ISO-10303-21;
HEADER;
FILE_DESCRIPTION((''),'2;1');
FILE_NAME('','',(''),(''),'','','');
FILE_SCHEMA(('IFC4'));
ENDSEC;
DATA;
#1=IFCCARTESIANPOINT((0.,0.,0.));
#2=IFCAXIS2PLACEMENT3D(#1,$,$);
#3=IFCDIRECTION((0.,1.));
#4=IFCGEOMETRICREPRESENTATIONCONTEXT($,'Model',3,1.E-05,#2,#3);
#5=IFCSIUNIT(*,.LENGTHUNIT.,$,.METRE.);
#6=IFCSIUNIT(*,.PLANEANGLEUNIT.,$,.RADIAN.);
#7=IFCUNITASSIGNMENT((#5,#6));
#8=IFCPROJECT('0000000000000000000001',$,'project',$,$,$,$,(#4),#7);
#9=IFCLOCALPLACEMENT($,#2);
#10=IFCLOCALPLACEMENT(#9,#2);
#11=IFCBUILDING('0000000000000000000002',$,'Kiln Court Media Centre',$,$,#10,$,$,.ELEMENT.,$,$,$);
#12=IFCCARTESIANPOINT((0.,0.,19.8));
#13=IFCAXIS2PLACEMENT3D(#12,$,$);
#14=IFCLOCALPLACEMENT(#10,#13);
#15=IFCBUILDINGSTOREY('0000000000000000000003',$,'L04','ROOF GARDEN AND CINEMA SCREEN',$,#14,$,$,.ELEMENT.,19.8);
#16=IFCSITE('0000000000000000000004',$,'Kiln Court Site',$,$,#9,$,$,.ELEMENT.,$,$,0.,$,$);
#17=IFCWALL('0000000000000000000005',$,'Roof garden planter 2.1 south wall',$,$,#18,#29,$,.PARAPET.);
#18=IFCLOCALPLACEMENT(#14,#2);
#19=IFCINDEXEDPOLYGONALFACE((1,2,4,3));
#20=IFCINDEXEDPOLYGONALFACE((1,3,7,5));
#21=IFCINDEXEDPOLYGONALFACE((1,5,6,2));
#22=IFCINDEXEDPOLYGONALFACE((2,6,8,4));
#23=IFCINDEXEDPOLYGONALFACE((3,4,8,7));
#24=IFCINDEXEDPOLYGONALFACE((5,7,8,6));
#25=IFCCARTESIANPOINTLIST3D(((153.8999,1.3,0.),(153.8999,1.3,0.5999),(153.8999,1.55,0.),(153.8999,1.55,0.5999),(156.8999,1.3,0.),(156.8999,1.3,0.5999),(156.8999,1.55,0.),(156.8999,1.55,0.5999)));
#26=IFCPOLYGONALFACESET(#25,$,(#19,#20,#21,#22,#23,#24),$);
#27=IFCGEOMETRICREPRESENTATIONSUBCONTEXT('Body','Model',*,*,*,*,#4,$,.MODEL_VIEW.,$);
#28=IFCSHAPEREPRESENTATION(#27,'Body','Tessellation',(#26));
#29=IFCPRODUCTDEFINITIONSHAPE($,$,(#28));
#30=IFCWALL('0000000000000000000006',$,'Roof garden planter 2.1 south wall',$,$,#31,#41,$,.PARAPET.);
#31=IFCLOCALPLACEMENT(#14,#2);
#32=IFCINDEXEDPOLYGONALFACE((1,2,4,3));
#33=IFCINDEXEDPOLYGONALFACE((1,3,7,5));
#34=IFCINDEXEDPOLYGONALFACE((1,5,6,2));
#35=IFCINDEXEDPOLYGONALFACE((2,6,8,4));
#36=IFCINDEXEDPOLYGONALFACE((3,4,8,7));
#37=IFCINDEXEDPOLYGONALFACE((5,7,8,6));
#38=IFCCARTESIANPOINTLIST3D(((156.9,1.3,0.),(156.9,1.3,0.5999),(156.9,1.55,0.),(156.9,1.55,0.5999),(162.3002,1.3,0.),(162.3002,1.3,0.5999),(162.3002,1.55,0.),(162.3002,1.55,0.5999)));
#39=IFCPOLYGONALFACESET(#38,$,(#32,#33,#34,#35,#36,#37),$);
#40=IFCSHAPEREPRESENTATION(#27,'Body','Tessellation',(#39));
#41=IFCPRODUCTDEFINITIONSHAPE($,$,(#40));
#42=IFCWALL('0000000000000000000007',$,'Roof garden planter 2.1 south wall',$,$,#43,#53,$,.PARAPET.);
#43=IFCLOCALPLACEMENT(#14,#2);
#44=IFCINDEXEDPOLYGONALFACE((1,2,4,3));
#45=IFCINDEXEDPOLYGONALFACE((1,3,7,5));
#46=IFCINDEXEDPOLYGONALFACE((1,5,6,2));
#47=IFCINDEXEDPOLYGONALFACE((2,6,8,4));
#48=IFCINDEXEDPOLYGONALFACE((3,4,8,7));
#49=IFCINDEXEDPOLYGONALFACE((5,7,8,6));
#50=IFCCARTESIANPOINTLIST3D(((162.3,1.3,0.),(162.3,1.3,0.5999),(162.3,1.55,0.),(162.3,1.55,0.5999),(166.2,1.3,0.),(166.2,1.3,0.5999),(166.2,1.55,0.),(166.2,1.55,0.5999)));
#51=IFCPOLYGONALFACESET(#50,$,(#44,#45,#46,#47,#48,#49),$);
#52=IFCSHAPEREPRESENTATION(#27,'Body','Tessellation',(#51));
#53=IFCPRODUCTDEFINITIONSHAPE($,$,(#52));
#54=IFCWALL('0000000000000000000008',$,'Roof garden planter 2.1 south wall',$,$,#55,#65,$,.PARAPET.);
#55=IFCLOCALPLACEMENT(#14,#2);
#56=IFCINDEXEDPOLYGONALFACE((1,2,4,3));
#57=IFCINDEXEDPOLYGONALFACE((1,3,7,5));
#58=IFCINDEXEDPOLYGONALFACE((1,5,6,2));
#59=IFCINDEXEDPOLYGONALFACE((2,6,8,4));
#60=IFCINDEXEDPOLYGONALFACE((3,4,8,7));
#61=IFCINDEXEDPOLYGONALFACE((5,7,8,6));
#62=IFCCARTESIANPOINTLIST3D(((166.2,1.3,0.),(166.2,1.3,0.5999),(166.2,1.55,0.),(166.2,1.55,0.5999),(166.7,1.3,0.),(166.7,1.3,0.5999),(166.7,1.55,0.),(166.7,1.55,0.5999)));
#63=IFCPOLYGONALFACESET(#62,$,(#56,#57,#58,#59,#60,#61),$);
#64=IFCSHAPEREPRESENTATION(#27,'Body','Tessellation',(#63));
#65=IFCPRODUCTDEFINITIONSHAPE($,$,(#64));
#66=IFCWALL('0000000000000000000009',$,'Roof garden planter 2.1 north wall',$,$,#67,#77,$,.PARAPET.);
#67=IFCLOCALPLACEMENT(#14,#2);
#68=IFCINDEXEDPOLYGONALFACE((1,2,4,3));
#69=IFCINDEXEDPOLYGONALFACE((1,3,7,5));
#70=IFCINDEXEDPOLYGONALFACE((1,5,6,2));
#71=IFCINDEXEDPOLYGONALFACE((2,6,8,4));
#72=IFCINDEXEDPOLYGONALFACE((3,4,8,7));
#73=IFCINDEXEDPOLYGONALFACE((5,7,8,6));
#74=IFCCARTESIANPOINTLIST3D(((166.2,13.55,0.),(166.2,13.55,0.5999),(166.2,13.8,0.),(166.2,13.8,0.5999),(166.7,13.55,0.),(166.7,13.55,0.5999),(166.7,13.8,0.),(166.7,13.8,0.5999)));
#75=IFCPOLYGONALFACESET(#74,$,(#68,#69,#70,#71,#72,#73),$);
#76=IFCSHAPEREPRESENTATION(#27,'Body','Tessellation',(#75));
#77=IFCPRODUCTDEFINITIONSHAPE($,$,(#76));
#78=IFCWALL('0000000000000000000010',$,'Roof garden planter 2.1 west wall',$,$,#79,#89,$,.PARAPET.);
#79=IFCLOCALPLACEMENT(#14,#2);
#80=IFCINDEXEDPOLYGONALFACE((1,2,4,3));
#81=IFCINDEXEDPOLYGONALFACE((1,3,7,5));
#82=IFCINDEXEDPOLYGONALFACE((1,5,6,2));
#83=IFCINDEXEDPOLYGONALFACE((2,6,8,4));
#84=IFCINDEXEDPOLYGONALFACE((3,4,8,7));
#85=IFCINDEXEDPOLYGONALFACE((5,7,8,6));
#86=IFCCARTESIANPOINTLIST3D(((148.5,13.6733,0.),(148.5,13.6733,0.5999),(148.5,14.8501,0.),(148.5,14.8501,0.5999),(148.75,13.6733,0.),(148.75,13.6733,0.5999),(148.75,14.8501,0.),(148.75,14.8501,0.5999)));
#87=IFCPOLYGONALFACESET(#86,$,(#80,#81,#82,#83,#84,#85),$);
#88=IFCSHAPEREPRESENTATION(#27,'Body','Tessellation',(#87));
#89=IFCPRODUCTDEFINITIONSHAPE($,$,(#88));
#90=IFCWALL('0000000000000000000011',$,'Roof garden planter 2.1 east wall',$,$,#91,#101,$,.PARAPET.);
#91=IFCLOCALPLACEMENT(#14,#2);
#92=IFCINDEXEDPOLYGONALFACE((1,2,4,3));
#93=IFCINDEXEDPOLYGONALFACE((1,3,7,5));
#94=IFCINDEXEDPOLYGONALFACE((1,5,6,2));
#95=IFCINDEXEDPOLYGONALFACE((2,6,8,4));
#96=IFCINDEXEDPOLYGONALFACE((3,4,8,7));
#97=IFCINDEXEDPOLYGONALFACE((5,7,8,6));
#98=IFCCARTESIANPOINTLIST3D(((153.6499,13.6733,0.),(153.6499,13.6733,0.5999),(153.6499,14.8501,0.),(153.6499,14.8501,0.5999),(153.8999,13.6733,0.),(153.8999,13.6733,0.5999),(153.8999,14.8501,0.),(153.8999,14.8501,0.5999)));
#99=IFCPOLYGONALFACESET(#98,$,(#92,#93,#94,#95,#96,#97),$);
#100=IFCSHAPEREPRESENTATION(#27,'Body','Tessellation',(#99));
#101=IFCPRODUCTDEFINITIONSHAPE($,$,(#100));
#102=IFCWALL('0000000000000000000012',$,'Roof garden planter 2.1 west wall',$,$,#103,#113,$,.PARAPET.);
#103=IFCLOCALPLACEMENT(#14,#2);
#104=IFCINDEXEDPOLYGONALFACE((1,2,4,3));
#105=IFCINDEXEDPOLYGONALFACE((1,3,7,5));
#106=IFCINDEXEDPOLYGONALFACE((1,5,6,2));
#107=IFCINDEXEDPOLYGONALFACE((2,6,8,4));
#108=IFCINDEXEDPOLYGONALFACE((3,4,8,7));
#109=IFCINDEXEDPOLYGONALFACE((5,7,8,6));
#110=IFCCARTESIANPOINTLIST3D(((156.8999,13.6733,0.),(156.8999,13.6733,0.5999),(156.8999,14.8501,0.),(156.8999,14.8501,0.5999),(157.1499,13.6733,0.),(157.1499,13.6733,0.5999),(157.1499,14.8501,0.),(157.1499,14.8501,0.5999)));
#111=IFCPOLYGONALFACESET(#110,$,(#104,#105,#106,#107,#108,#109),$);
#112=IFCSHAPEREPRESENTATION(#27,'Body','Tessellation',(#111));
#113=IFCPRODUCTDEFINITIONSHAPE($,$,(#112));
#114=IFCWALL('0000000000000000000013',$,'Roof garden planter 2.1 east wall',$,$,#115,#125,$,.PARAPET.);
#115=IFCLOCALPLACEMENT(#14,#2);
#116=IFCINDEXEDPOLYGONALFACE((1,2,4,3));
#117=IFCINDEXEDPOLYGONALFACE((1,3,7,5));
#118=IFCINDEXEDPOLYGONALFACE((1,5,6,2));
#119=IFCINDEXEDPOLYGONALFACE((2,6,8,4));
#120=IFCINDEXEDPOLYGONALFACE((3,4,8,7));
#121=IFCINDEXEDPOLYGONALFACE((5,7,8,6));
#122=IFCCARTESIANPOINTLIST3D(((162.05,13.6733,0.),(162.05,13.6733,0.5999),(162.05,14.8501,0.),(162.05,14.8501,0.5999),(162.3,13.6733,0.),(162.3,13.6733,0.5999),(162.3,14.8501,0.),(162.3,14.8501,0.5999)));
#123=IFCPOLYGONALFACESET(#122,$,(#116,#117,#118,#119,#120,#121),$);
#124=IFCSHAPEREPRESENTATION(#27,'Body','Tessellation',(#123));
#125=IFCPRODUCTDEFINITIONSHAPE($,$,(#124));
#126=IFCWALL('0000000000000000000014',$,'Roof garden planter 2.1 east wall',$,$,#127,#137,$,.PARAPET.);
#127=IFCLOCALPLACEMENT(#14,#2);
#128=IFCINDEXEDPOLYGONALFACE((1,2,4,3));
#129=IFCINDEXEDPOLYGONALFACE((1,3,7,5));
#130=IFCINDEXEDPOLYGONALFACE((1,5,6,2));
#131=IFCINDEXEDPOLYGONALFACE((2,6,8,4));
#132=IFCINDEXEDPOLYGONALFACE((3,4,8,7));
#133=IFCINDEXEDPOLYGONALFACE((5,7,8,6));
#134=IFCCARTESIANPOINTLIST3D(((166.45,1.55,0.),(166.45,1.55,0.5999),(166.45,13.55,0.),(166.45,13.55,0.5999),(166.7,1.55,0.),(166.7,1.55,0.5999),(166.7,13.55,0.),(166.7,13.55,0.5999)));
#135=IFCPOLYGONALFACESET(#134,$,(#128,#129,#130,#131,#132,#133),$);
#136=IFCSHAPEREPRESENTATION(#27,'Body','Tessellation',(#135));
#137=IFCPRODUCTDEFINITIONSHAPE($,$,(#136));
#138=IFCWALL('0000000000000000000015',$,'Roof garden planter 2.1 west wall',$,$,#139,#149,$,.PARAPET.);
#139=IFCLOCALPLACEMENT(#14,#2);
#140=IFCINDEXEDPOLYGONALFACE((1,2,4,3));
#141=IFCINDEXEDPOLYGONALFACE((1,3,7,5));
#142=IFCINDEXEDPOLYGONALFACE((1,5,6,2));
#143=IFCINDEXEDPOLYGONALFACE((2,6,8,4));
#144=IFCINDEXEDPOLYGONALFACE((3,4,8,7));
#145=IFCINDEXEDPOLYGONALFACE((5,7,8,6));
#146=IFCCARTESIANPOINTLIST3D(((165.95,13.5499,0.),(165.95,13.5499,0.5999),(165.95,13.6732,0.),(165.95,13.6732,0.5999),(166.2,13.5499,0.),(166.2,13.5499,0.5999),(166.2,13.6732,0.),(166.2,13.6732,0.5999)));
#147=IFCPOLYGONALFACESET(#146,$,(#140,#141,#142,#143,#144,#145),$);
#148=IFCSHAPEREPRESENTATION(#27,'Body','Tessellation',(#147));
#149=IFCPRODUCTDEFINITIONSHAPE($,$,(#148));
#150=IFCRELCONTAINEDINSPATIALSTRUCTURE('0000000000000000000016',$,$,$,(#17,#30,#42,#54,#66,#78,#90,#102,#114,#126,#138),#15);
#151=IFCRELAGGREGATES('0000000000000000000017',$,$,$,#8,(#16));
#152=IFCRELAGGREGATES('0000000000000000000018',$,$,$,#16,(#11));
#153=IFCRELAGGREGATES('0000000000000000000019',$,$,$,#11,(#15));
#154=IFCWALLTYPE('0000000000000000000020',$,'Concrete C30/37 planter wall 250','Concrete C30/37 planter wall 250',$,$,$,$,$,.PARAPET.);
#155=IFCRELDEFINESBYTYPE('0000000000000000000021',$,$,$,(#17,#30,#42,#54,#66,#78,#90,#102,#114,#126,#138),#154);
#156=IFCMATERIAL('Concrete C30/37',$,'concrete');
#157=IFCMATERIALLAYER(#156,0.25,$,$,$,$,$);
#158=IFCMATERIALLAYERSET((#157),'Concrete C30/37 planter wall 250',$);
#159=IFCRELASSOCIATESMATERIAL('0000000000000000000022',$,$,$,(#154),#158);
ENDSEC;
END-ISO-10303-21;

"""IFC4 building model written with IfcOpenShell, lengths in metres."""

from ifc_helpers import new_model, si_unit, direction, frame, frame_2d, origin, place, context, subcontext, project, spatial, rectangle, extrude, material, layer, layer_set, type_object, element, save


model = new_model("IFC4")

# Units and contexts
model_context = context("Model", 3, precision=1e-05, world=origin(), true_north=direction((0.0, 1.0)))
body_context = subcontext(model_context, "Body", "Model", "MODEL_VIEW")
ifc_project = project(units=[si_unit("LENGTHUNIT", "METRE"), si_unit("PLANEANGLEUNIT", "RADIAN")], contexts=[model_context])

# Site, building, storey
site_placement = place(None, origin())
site = spatial("IfcSite", under=ifc_project, at=site_placement, Name="Kiln Court Site", CompositionType="ELEMENT", RefElevation=0.0)
building_placement = place(site_placement, origin())
building = spatial("IfcBuilding", under=site, at=building_placement, Name="Kiln Court Media Centre", CompositionType="ELEMENT")
storey_placement = place(building_placement, frame((0.0, 0.0, 19.8)))
storey = spatial("IfcBuildingStorey", under=building, at=storey_placement, Name="L04", Description="ROOF GARDEN AND CINEMA SCREEN", CompositionType="ELEMENT", Elevation=19.8)

# Walls
ifc_material_1 = material(Name="Concrete C30/37", Category="concrete")
ifc_layer = layer(ifc_material_1, 0.25)
ifc_layer_set = layer_set([ifc_layer], Name="Concrete C30/37 planter wall 250")
wall_type = type_object("IfcWallType", Name="Concrete C30/37 planter wall 250", Description="Concrete C30/37 planter wall 250", PredefinedType="PARAPET", material=ifc_layer_set)
wall_1_placement = place(storey_placement, frame((153.8999, 1.425, 0.0), z_axis=(0.0, 0.0, 1.0), x_axis=(1.0, 0.0, 0.0)))
element("IfcWall", 1, at=wall_1_placement, inside=storey, type_object=wall_type, Name="Roof garden planter 2.1 south wall", PredefinedType="PARAPET", context=body_context, shape_type="SweptSolid", body=[
    extrude(rectangle(XDim=3.0, YDim=0.25, at=frame_2d((1.5, 0.0))), origin(), (0.0, 0.0, 1.0), 0.5999),
])
wall_2_placement = place(storey_placement, frame((156.8999, 1.425, 0.0), z_axis=(0.0, 0.0, 1.0), x_axis=(1.0, 0.0, 0.0)))
element("IfcWall", 2, at=wall_2_placement, inside=storey, type_object=wall_type, Name="Roof garden planter 2.1 south wall", PredefinedType="PARAPET", context=body_context, shape_type="SweptSolid", body=[
    extrude(rectangle(XDim=5.4001, YDim=0.25, at=frame_2d((2.7002, 0.0))), origin(), (0.0, 0.0, 1.0), 0.5999),
])
wall_3_placement = place(storey_placement, frame((162.3, 1.425, 0.0), z_axis=(0.0, 0.0, 1.0), x_axis=(1.0, 0.0, 0.0)))
element("IfcWall", 3, at=wall_3_placement, inside=storey, type_object=wall_type, Name="Roof garden planter 2.1 south wall", PredefinedType="PARAPET", context=body_context, shape_type="SweptSolid", body=[
    extrude(rectangle(XDim=3.8999, YDim=0.25, at=frame_2d((1.95, 0.0))), origin(), (0.0, 0.0, 1.0), 0.5999),
])
for number, where, z_axis, x_axis, name in (
    (4, (166.2, 1.425, 0.0), (0.0, 0.0, 1.0), (1.0, 0.0, 0.0), "Roof garden planter 2.1 south wall"),
    (5, (166.2, 13.675, 0.0), (0.0, 0.0, 1.0), (1.0, 0.0, 0.0), "Roof garden planter 2.1 north wall"),
):
    element("IfcWall", number, at=place(storey_placement, frame(where, z_axis=z_axis, x_axis=x_axis)), inside=storey, type_object=wall_type, Name=name, PredefinedType="PARAPET", context=body_context, shape_type="SweptSolid", body=[
        extrude(rectangle(XDim=0.5, YDim=0.25, at=frame_2d((0.25, 0.0))), origin(), (0.0, 0.0, 1.0), 0.5999),
    ])
for number, where, z_axis, x_axis, name in (
    (6, (148.625, 13.6733, 0.0), (0.0, 0.0, 1.0), (0.0, 1.0, 0.0), "Roof garden planter 2.1 west wall"),
    (7, (153.7749, 13.6733, 0.0), (0.0, 0.0, 1.0), (0.0, 1.0, 0.0), "Roof garden planter 2.1 east wall"),
    (8, (157.0249, 13.6733, 0.0), (0.0, 0.0, 1.0), (0.0, 1.0, 0.0), "Roof garden planter 2.1 west wall"),
    (9, (162.175, 13.6733, 0.0), (0.0, 0.0, 1.0), (0.0, 1.0, 0.0), "Roof garden planter 2.1 east wall"),
):
    element("IfcWall", number, at=place(storey_placement, frame(where, z_axis=z_axis, x_axis=x_axis)), inside=storey, type_object=wall_type, Name=name, PredefinedType="PARAPET", context=body_context, shape_type="SweptSolid", body=[
        extrude(rectangle(XDim=1.1768, YDim=0.25, at=frame_2d((0.5884, 0.0))), origin(), (0.0, 0.0, 1.0), 0.5999),
    ])
wall_4_placement = place(storey_placement, frame((166.575, 1.55, 0.0), z_axis=(0.0, 0.0, 1.0), x_axis=(0.0, 1.0, 0.0)))
element("IfcWall", 10, at=wall_4_placement, inside=storey, type_object=wall_type, Name="Roof garden planter 2.1 east wall", PredefinedType="PARAPET", context=body_context, shape_type="SweptSolid", body=[
    extrude(rectangle(XDim=12.0, YDim=0.25, at=frame_2d((6.0, 0.0))), origin(), (0.0, 0.0, 1.0), 0.5999),
])
wall_5_placement = place(storey_placement, frame((166.075, 13.55, 0.0), z_axis=(0.0, 0.0, 1.0), x_axis=(0.0, 1.0, 0.0)))
element("IfcWall", 11, at=wall_5_placement, inside=storey, type_object=wall_type, Name="Roof garden planter 2.1 west wall", PredefinedType="PARAPET", context=body_context, shape_type="SweptSolid", body=[
    extrude(rectangle(XDim=0.1233, YDim=0.25, at=frame_2d((0.0615, 0.0))), origin(), (0.0, 0.0, 1.0), 0.5999),
])

save(model, "model.ifc")
